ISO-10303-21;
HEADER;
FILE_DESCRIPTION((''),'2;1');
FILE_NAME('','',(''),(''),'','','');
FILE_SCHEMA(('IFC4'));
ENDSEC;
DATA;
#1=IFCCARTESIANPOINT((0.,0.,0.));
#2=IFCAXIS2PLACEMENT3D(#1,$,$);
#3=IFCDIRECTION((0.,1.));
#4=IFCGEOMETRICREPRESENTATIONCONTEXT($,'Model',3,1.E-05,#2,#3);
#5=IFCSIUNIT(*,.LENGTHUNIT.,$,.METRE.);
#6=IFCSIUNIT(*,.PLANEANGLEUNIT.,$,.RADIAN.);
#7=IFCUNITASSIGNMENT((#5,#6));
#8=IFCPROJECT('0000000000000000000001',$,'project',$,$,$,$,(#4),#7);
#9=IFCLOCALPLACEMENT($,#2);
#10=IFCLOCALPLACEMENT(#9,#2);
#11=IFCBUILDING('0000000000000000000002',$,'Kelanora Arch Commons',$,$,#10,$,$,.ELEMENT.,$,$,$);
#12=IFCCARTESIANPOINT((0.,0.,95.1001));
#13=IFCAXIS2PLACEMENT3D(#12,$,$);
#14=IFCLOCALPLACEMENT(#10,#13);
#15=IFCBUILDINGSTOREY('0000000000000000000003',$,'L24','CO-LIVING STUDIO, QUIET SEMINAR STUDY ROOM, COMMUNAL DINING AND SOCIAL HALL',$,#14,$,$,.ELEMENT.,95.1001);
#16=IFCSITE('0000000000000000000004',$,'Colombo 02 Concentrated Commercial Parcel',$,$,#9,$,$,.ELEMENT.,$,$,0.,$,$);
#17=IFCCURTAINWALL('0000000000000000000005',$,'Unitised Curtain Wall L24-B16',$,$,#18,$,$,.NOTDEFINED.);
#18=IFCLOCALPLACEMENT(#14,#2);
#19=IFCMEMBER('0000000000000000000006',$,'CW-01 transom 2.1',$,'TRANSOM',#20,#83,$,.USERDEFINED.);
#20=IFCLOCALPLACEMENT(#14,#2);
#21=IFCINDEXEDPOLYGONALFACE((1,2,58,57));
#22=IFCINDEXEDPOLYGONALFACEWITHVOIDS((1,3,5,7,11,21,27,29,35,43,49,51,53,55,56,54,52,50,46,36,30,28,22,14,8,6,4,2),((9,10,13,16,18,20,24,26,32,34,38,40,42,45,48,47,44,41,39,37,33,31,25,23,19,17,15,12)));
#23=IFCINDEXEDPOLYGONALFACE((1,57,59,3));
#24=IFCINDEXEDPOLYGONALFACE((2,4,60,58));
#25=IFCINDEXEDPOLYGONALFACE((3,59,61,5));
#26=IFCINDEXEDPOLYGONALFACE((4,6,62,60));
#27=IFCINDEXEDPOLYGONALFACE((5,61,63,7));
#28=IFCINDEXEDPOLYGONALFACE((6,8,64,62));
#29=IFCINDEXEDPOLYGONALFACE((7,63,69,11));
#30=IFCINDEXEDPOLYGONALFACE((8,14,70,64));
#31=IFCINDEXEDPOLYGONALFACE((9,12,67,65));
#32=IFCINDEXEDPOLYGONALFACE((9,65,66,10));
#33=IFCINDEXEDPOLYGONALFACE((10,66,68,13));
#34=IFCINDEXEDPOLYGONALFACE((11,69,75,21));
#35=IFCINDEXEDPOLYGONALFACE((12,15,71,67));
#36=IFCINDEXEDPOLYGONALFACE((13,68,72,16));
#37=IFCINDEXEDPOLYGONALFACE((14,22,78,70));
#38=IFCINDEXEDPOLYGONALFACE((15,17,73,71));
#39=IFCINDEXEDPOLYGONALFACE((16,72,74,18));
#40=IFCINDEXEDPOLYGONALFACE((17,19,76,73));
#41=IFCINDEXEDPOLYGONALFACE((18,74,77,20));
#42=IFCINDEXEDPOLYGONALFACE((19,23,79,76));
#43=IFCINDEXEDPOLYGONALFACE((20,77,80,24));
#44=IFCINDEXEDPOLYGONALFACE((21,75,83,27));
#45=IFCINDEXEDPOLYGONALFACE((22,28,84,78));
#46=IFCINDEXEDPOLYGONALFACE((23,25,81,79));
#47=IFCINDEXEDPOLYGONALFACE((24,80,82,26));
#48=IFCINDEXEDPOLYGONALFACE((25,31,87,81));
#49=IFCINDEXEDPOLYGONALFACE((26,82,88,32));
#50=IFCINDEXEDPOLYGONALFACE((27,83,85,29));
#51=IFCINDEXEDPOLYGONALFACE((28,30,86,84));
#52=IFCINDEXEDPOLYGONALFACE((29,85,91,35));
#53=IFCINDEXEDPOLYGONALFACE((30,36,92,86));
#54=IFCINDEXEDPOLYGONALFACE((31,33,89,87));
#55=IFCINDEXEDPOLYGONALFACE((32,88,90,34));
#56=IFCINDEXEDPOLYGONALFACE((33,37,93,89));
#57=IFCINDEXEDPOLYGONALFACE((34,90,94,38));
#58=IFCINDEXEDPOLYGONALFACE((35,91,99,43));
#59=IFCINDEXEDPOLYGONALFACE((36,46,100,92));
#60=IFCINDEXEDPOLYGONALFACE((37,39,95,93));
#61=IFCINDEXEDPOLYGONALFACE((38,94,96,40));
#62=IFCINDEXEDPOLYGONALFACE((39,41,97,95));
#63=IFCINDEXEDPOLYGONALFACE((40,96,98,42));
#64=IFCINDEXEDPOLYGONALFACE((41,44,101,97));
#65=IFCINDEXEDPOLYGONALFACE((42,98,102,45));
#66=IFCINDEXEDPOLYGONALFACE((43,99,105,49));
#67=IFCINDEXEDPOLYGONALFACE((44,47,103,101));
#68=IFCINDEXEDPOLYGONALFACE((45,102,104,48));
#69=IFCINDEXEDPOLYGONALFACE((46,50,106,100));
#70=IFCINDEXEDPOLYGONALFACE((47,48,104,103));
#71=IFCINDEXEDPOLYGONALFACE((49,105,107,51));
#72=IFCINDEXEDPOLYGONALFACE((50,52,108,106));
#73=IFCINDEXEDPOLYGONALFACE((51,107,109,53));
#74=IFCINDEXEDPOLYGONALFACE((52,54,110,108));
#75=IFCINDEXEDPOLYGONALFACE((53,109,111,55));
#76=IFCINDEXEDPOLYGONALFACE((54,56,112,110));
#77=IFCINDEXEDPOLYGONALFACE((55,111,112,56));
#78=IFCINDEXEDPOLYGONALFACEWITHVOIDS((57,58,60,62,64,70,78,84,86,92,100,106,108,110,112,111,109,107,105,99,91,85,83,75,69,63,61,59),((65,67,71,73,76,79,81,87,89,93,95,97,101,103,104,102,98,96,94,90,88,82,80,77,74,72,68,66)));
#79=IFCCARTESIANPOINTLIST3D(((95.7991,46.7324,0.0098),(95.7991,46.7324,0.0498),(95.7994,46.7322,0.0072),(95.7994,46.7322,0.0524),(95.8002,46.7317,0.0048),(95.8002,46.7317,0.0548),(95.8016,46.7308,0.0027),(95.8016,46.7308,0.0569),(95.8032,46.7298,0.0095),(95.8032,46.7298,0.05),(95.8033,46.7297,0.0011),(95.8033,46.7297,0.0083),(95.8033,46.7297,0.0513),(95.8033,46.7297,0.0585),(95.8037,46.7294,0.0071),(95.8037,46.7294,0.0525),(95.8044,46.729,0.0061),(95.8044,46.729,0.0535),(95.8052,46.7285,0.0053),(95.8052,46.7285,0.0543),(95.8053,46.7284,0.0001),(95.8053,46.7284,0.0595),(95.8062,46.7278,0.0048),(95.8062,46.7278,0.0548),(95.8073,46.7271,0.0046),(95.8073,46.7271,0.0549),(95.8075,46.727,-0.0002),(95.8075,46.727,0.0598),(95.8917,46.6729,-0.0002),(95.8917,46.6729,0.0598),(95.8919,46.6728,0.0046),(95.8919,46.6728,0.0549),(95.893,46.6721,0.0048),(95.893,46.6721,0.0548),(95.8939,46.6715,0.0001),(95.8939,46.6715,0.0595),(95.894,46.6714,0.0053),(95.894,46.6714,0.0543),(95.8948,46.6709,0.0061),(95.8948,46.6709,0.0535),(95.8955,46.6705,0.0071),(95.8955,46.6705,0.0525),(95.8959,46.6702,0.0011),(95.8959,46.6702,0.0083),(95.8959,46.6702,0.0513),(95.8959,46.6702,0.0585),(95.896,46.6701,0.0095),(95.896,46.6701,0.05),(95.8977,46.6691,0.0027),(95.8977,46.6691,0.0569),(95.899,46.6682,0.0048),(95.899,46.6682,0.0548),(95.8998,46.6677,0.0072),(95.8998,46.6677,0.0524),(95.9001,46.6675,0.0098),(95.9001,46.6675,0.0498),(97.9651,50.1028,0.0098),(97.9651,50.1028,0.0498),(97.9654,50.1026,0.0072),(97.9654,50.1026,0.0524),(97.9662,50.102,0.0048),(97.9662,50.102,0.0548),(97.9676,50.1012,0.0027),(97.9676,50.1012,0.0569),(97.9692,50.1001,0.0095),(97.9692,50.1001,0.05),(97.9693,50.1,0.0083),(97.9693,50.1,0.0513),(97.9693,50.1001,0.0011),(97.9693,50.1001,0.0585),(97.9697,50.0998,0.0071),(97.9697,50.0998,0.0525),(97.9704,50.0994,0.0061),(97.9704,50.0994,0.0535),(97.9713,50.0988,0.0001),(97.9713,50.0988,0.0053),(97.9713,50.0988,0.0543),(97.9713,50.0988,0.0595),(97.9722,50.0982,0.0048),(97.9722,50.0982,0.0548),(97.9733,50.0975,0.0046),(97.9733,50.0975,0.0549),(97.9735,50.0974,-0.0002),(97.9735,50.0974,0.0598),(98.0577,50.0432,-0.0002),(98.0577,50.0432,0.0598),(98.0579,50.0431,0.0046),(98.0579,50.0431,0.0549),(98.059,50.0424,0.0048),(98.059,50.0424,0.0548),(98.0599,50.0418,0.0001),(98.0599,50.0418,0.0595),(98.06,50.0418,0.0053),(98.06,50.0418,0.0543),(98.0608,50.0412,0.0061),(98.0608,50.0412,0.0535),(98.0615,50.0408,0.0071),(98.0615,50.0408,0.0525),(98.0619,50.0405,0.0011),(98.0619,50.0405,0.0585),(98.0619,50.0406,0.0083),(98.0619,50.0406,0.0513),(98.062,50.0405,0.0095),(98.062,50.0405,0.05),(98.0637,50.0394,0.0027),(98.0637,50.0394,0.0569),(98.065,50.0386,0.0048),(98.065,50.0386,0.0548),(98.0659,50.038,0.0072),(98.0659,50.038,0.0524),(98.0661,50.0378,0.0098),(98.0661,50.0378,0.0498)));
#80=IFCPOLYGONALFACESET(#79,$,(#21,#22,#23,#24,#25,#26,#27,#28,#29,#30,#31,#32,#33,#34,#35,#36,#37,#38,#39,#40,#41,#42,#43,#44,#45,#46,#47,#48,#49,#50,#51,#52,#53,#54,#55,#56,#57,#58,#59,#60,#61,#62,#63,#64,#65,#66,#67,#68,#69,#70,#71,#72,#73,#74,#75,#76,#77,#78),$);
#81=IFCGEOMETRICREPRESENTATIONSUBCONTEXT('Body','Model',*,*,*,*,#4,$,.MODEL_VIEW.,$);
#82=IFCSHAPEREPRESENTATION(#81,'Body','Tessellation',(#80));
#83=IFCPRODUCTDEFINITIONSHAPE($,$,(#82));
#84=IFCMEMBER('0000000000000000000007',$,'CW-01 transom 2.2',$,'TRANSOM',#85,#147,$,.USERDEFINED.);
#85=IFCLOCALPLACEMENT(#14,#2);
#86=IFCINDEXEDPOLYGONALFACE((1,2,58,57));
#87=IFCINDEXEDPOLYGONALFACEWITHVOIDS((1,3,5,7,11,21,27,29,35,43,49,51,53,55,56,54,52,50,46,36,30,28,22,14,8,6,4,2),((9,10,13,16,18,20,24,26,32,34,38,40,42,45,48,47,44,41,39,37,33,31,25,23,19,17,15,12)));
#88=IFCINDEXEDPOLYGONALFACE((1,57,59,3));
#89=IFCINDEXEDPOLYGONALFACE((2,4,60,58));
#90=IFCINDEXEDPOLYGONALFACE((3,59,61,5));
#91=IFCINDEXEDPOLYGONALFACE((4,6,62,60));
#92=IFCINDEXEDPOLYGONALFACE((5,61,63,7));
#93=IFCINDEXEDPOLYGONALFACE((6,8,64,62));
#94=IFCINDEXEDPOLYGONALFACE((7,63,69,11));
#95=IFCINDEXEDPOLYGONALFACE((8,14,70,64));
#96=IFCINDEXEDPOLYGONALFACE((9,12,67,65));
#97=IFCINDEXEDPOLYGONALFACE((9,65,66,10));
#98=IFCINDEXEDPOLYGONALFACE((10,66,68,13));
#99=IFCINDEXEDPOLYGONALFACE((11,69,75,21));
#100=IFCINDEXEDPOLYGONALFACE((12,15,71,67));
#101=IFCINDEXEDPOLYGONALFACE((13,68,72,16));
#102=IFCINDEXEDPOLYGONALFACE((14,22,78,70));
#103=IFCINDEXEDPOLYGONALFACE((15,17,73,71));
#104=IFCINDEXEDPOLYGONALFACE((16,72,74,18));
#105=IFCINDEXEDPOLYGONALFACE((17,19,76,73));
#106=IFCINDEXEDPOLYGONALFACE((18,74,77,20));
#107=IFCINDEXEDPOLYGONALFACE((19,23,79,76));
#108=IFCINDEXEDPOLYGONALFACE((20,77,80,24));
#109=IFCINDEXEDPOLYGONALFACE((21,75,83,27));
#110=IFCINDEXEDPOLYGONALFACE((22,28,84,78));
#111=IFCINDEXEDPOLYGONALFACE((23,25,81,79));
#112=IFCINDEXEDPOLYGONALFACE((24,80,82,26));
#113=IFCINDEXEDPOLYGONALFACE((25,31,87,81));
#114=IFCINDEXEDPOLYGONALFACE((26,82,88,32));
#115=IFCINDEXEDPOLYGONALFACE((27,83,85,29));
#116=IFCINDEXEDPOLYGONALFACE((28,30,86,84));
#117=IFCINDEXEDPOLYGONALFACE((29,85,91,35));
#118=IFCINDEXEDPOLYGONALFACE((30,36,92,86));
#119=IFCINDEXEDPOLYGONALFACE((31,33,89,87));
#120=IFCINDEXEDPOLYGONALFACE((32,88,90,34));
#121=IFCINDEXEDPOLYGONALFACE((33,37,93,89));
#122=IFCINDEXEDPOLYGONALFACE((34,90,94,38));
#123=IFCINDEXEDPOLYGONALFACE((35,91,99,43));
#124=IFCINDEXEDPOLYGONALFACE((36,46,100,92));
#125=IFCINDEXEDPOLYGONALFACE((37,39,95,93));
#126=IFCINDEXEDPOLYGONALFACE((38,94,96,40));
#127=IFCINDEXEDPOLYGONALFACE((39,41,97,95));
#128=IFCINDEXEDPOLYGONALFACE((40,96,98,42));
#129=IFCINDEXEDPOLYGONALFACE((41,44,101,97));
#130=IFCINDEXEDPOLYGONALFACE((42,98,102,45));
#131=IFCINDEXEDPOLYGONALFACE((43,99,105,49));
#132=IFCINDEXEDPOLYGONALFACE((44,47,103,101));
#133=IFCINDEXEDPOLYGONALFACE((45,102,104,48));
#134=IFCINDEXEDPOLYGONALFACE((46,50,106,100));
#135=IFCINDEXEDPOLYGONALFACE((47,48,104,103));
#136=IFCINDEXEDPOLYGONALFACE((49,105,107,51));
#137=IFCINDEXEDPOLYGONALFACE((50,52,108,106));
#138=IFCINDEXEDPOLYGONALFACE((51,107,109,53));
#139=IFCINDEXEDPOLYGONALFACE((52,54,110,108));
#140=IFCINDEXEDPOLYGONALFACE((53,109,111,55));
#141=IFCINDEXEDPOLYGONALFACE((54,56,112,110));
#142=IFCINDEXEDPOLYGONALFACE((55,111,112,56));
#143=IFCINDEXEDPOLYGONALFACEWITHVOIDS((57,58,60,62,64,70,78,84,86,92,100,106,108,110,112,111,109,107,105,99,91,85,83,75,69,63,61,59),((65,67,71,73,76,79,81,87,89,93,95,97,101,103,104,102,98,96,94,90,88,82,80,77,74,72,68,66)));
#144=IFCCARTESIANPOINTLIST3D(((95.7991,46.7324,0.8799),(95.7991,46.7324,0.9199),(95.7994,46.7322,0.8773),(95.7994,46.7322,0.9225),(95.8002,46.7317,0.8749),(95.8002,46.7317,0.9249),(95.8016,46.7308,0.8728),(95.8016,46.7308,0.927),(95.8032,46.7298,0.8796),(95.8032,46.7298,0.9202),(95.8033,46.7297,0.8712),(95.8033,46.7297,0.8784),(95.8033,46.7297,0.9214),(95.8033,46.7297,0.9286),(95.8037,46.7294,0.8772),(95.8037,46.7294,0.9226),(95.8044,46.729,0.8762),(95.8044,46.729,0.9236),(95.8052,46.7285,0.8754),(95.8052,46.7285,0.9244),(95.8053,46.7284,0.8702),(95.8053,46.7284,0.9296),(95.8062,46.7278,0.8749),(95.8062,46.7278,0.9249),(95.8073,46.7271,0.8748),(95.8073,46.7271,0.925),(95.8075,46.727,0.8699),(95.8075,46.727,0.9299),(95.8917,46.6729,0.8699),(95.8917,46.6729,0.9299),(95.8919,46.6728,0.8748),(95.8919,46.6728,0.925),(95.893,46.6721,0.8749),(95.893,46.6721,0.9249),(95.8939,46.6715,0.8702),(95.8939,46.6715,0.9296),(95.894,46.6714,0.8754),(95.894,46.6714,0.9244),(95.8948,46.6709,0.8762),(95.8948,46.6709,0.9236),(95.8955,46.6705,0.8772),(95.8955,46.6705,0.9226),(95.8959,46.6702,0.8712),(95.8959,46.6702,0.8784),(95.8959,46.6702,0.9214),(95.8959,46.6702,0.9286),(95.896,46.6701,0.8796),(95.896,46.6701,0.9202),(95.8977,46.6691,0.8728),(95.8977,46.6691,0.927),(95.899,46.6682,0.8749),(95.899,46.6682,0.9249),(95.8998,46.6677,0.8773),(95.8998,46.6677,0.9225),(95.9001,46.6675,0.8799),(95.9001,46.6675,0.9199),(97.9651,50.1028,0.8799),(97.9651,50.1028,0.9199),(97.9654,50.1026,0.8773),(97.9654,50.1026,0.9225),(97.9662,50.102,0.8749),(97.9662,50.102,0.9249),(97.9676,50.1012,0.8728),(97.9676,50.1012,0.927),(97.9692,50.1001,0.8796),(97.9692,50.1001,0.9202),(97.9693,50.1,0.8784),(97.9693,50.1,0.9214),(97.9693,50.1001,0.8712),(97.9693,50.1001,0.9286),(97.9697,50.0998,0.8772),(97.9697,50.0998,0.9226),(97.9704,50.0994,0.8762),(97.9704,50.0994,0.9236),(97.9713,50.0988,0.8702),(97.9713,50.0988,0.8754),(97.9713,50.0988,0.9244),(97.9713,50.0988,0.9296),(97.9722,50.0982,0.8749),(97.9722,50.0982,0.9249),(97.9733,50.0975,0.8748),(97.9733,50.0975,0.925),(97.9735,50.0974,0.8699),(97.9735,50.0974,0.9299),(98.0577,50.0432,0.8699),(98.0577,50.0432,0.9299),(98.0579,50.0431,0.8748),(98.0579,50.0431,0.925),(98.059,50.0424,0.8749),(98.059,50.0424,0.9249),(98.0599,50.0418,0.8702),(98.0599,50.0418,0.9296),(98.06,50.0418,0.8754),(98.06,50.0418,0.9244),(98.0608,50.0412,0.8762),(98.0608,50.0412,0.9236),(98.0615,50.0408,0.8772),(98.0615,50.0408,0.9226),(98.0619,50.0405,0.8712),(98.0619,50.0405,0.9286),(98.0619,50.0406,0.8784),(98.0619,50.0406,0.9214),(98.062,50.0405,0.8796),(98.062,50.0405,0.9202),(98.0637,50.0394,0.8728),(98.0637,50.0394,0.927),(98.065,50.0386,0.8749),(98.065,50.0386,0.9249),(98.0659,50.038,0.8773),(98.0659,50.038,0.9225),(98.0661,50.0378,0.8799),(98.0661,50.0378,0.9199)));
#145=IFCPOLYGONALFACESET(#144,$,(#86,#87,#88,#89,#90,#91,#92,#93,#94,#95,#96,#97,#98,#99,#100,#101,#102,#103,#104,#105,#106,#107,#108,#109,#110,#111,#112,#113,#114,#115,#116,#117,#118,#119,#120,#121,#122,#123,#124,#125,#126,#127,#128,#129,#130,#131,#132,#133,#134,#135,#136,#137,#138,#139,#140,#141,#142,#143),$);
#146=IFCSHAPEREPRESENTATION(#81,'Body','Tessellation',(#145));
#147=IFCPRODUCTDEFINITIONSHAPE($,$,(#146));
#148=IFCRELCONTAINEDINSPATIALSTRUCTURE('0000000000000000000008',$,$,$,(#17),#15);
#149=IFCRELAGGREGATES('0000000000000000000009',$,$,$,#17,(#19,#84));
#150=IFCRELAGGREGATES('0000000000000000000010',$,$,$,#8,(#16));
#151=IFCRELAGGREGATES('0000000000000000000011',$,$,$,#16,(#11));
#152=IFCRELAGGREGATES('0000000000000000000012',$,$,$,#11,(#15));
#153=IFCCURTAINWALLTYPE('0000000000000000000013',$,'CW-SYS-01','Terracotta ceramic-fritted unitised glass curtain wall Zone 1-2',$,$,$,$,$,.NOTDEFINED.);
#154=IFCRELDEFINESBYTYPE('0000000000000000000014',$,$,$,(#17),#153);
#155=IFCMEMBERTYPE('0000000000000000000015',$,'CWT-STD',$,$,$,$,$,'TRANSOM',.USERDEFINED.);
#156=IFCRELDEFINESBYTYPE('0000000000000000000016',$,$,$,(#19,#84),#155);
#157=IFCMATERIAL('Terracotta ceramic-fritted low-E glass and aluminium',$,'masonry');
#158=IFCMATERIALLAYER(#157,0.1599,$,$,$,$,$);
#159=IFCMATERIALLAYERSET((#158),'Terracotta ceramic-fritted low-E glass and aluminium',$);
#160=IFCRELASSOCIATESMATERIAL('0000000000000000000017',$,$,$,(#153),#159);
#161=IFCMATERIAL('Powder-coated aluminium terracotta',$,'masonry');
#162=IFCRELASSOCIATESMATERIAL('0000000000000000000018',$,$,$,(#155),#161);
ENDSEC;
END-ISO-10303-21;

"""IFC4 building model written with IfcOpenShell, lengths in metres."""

from ifc_helpers import new_model, si_unit, direction, frame, origin, origin_2d, place, context, subcontext, project, spatial, hollow_rectangle, extrude, material, layer, layer_set, material_profile, profile_set, type_object, element, aggregate, save


model = new_model("IFC4")

# Units and contexts
model_context = context("Model", 3, precision=1e-05, world=origin(), true_north=direction((0.0, 1.0)))
body_context = subcontext(model_context, "Body", "Model", "MODEL_VIEW")
ifc_project = project(units=[si_unit("LENGTHUNIT", "METRE"), si_unit("PLANEANGLEUNIT", "RADIAN")], contexts=[model_context])

# Site, building, storey
site_placement = place(None, origin())
site = spatial("IfcSite", under=ifc_project, at=site_placement, Name="Colombo 02 Concentrated Commercial Parcel", CompositionType="ELEMENT", RefElevation=0.0)
building_placement = place(site_placement, origin())
building = spatial("IfcBuilding", under=site, at=building_placement, Name="Kelanora Arch Commons", CompositionType="ELEMENT")
storey_placement = place(building_placement, frame((0.0, 0.0, 95.1001)))
storey = spatial("IfcBuildingStorey", under=building, at=storey_placement, Name="L24", Description="CO-LIVING STUDIO, QUIET SEMINAR STUDY ROOM, COMMUNAL DINING AND SOCIAL HALL", CompositionType="ELEMENT", Elevation=95.1001)

# Shared definitions
ifc_material_1 = material(Name="Terracotta ceramic-fritted low-E glass and aluminium", Category="masonry")
ifc_layer_1 = layer(ifc_material_1, 0.1599)
ifc_layer_set_1 = layer_set([ifc_layer_1], Name="Terracotta ceramic-fritted low-E glass and aluminium")
curtain_wall_type = type_object("IfcCurtainWallType", Name="CW-SYS-01", Description="Terracotta ceramic-fritted unitised glass curtain wall Zone 1-2", PredefinedType="NOTDEFINED", material=ifc_layer_set_1)
ifc_material_2 = material(Name="Powder-coated aluminium terracotta", Category="masonry")

# Curtain wall, members
curtain_wall_1_placement = place(storey_placement, origin())
curtain_wall_1 = element("IfcCurtainWall", 1, at=curtain_wall_1_placement, inside=storey, type_object=curtain_wall_type, Name="Unitised Curtain Wall L24-B16", PredefinedType="NOTDEFINED")
ifc_material_profile_1 = material_profile(ifc_material_2, hollow_rectangle(XDim=0.1201, YDim=0.0601, WallThickness=0.0049, InnerFilletRadius=0.0049, OuterFilletRadius=0.01, at=origin_2d()), Name="CWT120x60")
ifc_profile_set_1 = profile_set([ifc_material_profile_1], Name="Powder-coated aluminium terracotta")
member_type_1 = type_object("IfcMemberType", Name="CWT-STD", ElementType="TRANSOM", PredefinedType="USERDEFINED", material=ifc_profile_set_1)
member_1_placement = place(storey_placement, frame((95.8496, 46.7, 0.0298), z_axis=(0.540644, 0.841252, 0.0), x_axis=(-0.841252, 0.540644, 0.0)))
member_1 = element("IfcMember", 2, at=member_1_placement, type_object=member_type_1, Name="CW-01 transom 2.1", ObjectType="TRANSOM", PredefinedType="USERDEFINED", context=body_context, shape_type="SweptSolid", body=[
    extrude(hollow_rectangle(XDim=0.1201, YDim=0.0601, WallThickness=0.0049, InnerFilletRadius=0.0049, OuterFilletRadius=0.01, at=origin_2d()), origin(), (0.0, 0.0, 1.0), 4.0063),
])
member_2_placement = place(storey_placement, frame((95.8496, 46.7, 0.8999), z_axis=(0.540644, 0.841252, 0.0), x_axis=(-0.841252, 0.540644, 0.0)))
member_2 = element("IfcMember", 3, at=member_2_placement, type_object=member_type_1, Name="CW-01 transom 2.2", ObjectType="TRANSOM", PredefinedType="USERDEFINED", context=body_context, shape_type="SweptSolid", body=[
    extrude(hollow_rectangle(XDim=0.1201, YDim=0.0601, WallThickness=0.0049, InnerFilletRadius=0.0049, OuterFilletRadius=0.01, at=origin_2d()), origin(), (0.0, 0.0, 1.0), 4.0063),
])
aggregate(curtain_wall_1, [member_1, member_2])

save(model, "model.ifc")
